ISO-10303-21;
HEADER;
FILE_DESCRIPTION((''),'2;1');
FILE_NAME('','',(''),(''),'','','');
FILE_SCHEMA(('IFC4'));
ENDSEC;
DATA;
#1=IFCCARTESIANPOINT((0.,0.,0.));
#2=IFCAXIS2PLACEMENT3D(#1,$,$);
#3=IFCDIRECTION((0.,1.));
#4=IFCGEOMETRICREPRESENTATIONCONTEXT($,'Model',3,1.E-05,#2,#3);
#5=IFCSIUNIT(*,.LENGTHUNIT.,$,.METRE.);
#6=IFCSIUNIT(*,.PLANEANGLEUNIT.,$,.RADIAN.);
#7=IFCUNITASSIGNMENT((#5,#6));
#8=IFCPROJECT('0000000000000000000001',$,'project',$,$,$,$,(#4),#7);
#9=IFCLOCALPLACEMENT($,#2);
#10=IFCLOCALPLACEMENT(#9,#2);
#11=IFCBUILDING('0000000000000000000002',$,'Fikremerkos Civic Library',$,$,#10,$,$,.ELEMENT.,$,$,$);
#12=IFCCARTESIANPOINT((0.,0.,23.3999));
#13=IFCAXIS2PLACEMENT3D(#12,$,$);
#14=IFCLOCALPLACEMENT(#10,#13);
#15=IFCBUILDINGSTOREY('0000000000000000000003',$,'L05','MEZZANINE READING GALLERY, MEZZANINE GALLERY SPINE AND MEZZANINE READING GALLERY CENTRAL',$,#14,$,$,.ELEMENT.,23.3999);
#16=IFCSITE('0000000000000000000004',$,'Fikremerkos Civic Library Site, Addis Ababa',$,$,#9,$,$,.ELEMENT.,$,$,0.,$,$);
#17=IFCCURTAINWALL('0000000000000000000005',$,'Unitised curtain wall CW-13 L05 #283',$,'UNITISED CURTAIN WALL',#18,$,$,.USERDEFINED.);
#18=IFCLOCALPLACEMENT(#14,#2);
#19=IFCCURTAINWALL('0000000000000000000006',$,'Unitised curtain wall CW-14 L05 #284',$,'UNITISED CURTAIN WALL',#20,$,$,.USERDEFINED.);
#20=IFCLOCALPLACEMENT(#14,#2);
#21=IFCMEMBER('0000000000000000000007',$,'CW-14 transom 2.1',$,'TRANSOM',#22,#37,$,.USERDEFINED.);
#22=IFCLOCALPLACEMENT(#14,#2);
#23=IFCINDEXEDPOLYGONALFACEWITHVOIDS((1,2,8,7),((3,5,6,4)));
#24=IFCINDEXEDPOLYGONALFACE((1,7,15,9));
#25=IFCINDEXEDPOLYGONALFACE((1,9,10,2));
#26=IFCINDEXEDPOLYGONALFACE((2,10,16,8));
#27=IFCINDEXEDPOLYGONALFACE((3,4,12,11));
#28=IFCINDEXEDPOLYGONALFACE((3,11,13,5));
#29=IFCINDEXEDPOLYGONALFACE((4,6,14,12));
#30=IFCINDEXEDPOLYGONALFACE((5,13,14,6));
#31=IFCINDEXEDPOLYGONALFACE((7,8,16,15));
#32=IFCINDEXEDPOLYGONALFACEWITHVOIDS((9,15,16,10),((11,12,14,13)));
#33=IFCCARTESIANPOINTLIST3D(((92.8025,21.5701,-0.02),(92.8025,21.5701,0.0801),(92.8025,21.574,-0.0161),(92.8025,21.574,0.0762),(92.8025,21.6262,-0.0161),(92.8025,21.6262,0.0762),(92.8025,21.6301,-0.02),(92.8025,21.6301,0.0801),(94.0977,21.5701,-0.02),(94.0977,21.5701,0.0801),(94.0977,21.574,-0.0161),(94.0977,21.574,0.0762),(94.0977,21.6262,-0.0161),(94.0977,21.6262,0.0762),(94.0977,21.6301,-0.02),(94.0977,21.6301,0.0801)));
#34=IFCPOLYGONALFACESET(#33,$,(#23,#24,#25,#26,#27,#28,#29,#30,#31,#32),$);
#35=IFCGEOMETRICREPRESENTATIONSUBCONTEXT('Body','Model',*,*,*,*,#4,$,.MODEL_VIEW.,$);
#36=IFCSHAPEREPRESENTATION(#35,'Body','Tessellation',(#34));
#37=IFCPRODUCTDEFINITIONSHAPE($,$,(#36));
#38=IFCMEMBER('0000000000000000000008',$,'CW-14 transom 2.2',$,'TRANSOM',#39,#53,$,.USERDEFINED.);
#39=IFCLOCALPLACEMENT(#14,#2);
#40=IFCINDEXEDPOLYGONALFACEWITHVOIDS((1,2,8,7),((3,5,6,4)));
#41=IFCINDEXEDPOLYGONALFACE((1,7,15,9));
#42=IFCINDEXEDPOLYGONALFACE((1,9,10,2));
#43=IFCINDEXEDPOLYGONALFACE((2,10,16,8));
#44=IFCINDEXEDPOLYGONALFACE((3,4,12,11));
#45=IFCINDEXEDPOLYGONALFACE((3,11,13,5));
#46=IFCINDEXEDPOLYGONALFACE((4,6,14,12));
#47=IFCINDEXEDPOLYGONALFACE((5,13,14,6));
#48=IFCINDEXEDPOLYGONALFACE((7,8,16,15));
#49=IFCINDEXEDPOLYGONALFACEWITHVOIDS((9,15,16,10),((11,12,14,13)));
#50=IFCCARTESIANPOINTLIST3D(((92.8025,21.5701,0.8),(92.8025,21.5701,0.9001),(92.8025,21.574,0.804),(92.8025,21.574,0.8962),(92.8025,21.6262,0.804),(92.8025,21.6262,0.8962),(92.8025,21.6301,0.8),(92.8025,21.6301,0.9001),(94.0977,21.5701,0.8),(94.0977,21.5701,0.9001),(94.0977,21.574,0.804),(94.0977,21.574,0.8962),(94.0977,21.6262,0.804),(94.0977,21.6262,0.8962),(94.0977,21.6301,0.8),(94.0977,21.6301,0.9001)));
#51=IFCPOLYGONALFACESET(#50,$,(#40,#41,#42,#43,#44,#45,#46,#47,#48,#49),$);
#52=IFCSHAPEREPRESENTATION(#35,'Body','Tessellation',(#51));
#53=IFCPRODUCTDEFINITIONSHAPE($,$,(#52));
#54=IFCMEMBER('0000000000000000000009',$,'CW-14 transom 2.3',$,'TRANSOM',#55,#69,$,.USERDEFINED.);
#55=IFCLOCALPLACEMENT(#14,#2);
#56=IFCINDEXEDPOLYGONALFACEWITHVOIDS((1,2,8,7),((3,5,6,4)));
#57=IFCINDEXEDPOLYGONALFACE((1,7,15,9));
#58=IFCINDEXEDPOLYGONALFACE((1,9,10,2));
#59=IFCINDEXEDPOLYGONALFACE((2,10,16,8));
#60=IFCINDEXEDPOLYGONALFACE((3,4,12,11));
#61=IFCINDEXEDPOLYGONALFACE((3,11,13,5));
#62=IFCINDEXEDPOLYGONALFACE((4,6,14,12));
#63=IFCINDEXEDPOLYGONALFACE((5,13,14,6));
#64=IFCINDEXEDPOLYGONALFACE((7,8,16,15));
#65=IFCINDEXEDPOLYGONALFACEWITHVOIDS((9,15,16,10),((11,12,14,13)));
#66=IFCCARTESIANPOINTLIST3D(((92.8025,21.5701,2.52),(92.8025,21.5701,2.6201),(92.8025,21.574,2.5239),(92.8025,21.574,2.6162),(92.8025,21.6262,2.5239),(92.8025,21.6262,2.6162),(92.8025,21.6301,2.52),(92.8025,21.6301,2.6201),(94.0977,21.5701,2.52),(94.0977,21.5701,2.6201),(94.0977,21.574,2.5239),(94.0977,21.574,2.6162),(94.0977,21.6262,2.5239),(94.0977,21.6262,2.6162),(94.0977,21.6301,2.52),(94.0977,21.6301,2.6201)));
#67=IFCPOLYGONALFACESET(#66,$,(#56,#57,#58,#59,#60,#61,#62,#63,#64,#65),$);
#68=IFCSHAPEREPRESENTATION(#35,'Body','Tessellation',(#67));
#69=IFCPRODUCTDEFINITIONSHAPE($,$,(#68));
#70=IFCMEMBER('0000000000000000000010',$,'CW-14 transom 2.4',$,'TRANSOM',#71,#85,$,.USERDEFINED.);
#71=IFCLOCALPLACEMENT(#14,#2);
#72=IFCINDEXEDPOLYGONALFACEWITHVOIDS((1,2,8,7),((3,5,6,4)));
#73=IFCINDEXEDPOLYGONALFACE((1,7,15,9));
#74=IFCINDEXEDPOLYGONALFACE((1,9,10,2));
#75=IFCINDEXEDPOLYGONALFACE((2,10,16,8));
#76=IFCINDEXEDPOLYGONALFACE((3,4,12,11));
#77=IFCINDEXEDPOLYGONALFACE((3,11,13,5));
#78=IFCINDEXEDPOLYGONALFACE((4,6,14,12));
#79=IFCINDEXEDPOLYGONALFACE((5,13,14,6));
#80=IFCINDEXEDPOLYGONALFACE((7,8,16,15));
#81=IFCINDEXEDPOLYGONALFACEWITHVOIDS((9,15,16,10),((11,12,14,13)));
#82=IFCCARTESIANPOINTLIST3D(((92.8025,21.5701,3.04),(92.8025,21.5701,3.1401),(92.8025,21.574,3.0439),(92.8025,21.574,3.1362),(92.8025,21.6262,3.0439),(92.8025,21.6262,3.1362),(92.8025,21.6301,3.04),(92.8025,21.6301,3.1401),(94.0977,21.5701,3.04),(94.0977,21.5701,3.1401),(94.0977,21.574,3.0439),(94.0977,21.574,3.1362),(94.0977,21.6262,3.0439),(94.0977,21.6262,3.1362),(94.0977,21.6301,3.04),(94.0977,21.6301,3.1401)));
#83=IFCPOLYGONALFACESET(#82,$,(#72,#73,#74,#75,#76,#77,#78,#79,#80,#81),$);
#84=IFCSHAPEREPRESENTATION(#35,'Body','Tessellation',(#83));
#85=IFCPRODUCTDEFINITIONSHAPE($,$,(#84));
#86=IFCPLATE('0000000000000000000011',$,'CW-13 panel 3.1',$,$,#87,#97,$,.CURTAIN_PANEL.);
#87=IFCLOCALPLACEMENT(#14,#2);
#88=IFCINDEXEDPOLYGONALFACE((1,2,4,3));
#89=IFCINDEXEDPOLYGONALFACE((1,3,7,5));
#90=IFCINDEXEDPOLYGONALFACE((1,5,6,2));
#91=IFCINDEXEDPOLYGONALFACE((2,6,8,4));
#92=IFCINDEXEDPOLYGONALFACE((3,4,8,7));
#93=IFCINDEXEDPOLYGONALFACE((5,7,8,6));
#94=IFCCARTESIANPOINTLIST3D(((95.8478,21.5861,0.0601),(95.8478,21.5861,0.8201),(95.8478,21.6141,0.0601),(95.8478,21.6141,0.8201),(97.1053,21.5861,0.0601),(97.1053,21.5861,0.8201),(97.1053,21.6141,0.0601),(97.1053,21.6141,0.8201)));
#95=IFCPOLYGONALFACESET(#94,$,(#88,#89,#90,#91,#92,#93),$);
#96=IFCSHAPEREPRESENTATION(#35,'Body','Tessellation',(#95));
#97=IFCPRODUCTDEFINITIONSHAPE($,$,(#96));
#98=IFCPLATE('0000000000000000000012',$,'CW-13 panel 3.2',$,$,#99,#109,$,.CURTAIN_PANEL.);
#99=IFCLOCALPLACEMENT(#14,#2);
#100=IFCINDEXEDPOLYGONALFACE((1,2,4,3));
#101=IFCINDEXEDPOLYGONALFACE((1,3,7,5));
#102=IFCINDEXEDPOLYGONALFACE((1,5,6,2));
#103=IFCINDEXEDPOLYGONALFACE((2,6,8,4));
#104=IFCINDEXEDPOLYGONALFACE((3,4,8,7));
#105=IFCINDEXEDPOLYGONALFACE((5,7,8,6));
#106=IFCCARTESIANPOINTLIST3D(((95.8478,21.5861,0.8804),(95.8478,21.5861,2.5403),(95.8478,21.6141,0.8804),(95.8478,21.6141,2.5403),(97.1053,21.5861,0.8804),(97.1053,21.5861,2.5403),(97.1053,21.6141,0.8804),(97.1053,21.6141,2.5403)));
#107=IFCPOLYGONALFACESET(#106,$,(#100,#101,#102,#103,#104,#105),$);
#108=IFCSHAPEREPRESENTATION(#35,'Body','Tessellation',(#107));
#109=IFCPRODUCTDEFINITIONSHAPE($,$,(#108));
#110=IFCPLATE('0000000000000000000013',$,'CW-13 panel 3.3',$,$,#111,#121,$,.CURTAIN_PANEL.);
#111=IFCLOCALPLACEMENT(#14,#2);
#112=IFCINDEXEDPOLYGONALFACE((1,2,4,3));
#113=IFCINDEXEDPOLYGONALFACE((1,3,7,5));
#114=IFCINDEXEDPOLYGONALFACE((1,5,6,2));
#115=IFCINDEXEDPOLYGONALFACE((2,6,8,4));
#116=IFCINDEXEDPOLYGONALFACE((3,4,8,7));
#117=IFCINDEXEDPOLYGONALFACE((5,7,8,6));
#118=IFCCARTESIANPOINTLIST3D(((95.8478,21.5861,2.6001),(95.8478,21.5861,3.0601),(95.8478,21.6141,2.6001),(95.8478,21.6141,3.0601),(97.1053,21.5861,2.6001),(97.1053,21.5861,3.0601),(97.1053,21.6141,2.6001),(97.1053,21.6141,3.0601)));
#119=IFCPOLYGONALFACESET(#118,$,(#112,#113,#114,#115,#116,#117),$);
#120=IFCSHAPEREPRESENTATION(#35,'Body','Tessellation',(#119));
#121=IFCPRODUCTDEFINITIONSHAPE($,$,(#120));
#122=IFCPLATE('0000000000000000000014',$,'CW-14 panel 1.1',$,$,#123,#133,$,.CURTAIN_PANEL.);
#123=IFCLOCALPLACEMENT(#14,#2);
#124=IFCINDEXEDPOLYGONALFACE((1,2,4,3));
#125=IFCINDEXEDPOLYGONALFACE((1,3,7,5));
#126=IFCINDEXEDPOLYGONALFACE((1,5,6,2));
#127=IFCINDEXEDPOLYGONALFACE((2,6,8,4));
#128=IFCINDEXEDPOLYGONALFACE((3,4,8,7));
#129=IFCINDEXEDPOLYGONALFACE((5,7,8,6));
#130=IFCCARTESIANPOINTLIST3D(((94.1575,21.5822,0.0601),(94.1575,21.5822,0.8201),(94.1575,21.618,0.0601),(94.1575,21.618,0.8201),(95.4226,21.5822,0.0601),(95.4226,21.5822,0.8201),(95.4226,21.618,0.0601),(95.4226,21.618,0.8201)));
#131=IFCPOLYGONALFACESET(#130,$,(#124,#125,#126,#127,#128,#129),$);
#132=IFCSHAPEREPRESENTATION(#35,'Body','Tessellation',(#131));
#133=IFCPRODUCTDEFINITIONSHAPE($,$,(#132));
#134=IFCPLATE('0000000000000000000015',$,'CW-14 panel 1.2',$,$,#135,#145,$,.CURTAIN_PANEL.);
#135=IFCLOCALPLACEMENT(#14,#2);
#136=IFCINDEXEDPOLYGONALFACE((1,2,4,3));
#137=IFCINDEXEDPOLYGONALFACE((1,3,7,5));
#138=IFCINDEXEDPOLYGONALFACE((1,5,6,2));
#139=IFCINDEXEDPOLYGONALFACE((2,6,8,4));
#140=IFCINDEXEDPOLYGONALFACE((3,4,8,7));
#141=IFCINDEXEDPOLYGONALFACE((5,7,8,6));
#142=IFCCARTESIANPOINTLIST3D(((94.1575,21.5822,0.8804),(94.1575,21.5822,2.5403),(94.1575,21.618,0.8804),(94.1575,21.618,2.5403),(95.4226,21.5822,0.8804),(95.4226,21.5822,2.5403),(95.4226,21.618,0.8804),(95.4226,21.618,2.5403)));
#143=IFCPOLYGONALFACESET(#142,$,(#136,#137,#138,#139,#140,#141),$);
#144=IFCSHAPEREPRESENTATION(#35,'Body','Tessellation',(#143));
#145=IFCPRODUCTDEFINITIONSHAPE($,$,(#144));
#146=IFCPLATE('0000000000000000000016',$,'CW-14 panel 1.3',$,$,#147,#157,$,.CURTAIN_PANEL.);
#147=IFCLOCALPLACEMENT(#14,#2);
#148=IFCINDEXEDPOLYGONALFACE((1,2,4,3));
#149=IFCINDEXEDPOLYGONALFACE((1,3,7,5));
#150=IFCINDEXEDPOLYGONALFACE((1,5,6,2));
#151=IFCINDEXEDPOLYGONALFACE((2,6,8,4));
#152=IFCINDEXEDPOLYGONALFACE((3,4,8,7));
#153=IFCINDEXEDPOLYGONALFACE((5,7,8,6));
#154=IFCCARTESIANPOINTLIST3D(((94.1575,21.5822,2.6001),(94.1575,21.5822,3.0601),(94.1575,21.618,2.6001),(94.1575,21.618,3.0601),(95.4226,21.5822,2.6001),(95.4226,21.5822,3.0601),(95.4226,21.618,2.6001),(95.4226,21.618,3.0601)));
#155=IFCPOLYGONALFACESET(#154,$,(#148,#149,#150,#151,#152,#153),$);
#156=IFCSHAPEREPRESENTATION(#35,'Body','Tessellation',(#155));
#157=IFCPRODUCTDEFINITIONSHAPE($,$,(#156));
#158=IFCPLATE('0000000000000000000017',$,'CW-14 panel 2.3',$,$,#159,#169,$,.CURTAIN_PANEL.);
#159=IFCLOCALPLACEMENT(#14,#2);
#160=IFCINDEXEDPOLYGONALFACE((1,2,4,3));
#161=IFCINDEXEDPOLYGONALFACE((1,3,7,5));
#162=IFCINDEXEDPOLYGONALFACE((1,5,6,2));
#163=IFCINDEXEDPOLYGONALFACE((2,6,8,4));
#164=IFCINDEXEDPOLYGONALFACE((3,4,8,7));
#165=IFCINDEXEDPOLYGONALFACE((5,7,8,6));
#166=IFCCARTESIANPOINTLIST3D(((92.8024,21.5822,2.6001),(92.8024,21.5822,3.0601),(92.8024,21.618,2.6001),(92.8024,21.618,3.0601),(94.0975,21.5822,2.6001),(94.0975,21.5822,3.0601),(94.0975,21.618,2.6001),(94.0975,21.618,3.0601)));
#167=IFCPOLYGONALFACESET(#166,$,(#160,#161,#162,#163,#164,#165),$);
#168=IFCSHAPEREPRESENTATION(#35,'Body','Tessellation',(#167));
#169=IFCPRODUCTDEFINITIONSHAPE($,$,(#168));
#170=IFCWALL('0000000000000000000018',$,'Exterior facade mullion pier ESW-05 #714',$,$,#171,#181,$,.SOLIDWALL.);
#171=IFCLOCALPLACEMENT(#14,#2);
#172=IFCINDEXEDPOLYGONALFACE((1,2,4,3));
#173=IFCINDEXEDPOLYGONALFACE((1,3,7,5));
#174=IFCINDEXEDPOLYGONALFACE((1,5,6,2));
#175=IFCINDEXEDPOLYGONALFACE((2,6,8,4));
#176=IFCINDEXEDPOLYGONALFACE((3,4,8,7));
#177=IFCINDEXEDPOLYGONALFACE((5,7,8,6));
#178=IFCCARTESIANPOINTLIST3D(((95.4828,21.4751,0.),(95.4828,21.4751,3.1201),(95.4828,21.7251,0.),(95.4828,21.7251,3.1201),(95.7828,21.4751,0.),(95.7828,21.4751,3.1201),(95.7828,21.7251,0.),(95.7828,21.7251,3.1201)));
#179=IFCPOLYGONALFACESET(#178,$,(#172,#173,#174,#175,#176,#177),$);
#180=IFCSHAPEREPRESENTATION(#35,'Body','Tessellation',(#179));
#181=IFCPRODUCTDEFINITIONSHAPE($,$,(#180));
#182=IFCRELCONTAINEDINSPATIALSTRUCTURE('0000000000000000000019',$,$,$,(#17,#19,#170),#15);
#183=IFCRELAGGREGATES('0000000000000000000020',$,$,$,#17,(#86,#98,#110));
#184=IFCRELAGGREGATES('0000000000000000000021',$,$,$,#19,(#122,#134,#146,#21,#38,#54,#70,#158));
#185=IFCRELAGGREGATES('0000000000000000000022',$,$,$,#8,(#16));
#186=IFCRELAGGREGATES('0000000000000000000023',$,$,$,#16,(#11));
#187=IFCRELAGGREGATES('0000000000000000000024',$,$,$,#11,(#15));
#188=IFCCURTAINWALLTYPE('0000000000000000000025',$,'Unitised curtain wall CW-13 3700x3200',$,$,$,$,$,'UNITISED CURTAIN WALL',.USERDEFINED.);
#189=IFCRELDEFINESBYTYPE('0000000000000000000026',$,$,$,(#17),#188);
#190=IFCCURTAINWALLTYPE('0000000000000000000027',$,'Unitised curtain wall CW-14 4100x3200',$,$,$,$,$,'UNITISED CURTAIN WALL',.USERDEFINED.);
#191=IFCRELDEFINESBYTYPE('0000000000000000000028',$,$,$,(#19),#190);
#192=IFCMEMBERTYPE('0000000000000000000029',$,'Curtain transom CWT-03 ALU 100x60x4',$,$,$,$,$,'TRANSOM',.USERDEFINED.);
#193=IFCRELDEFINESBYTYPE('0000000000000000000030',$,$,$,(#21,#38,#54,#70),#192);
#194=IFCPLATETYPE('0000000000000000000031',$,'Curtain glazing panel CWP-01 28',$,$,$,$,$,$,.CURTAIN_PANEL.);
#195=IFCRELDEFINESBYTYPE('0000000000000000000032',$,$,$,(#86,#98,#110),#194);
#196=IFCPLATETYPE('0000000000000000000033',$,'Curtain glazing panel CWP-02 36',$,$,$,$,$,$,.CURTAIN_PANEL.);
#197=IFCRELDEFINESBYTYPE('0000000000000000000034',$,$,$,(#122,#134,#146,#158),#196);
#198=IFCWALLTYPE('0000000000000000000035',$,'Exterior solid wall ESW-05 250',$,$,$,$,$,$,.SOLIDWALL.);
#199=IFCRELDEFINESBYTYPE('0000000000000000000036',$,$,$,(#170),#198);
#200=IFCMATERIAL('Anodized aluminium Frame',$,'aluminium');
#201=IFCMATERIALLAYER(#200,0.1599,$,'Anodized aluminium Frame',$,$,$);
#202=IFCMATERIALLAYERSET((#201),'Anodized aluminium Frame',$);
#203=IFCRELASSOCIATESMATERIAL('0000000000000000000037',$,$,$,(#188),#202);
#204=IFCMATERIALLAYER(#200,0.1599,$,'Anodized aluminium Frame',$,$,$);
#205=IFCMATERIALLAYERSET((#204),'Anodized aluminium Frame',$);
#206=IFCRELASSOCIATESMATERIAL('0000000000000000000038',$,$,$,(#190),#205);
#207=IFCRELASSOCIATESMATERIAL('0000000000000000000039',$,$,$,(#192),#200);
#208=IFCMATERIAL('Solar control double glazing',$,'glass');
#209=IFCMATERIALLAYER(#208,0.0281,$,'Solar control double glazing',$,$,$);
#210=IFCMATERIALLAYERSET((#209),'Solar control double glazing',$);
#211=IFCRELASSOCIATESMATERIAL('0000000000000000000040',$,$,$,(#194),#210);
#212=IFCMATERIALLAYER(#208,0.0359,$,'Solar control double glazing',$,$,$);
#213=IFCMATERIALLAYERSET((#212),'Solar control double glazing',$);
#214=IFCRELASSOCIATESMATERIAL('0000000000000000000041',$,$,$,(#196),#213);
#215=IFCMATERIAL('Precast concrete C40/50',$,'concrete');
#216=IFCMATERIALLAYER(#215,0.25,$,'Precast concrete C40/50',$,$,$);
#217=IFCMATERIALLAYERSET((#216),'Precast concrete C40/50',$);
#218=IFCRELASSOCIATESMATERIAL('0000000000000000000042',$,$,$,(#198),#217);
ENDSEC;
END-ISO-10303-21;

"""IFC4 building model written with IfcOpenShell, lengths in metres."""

from ifc_helpers import new_model, si_unit, direction, frame, frame_2d, origin, origin_2d, place, context, subcontext, project, spatial, rectangle, hollow_rectangle, extrude, material, layer, layer_set, material_profile, profile_set, type_object, element, aggregate, save


model = new_model("IFC4")

# Units and contexts
model_context = context("Model", 3, precision=1e-05, world=origin(), true_north=direction((0.0, 1.0)))
body_context = subcontext(model_context, "Body", "Model", "MODEL_VIEW")
ifc_project = project(units=[si_unit("LENGTHUNIT", "METRE"), si_unit("PLANEANGLEUNIT", "RADIAN")], contexts=[model_context])

# Site, building, storey
site_placement = place(None, origin())
site = spatial("IfcSite", under=ifc_project, at=site_placement, Name="Fikremerkos Civic Library Site, Addis Ababa", CompositionType="ELEMENT", RefElevation=0.0)
building_placement = place(site_placement, origin())
building = spatial("IfcBuilding", under=site, at=building_placement, Name="Fikremerkos Civic Library", CompositionType="ELEMENT")
storey_placement = place(building_placement, frame((0.0, 0.0, 23.3999)))
storey = spatial("IfcBuildingStorey", under=building, at=storey_placement, Name="L05", Description="MEZZANINE READING GALLERY, MEZZANINE GALLERY SPINE AND MEZZANINE READING GALLERY CENTRAL", CompositionType="ELEMENT", Elevation=23.3999)

# Curtain wall
ifc_material_1 = material(Name="Anodized aluminium Frame", Category="aluminium")
ifc_layer_1 = layer(ifc_material_1, 0.1599, Name="Anodized aluminium Frame")
ifc_layer_set_1 = layer_set([ifc_layer_1], Name="Anodized aluminium Frame")
curtain_wall_type_1 = type_object("IfcCurtainWallType", Name="Unitised curtain wall CW-13 3700x3200", ElementType="UNITISED CURTAIN WALL", PredefinedType="USERDEFINED", material=ifc_layer_set_1)
curtain_wall_1_placement = place(storey_placement, origin())
curtain_wall_1 = element("IfcCurtainWall", 1, at=curtain_wall_1_placement, inside=storey, type_object=curtain_wall_type_1, Name="Unitised curtain wall CW-13 L05 #283", ObjectType="UNITISED CURTAIN WALL", PredefinedType="USERDEFINED")

# Curtain wall
ifc_layer_2 = layer(ifc_material_1, 0.1599, Name="Anodized aluminium Frame")
ifc_layer_set_2 = layer_set([ifc_layer_2], Name="Anodized aluminium Frame")
curtain_wall_type_2 = type_object("IfcCurtainWallType", Name="Unitised curtain wall CW-14 4100x3200", ElementType="UNITISED CURTAIN WALL", PredefinedType="USERDEFINED", material=ifc_layer_set_2)
curtain_wall_2_placement = place(storey_placement, origin())
curtain_wall_2 = element("IfcCurtainWall", 2, at=curtain_wall_2_placement, inside=storey, type_object=curtain_wall_type_2, Name="Unitised curtain wall CW-14 L05 #284", ObjectType="UNITISED CURTAIN WALL", PredefinedType="USERDEFINED")

# Members
ifc_material_profile_1 = material_profile(ifc_material_1, hollow_rectangle(XDim=0.0601, YDim=0.1001, WallThickness=0.0039, at=origin_2d()), Name="ALU 100x60x4")
ifc_profile_set_1 = profile_set([ifc_material_profile_1], Name="Anodized aluminium Frame")
member_type_1 = type_object("IfcMemberType", Name="Curtain transom CWT-03 ALU 100x60x4", ElementType="TRANSOM", PredefinedType="USERDEFINED", material=ifc_profile_set_1)
member_1_placement = place(storey_placement, frame((94.0977, 21.6001, 0.03), z_axis=(-1.0, 0.0, 0.0), x_axis=(0.0, -1.0, 0.0)))
member_1 = element("IfcMember", 3, at=member_1_placement, type_object=member_type_1, Name="CW-14 transom 2.1", ObjectType="TRANSOM", PredefinedType="USERDEFINED", context=body_context, shape_type="SweptSolid", body=[
    extrude(hollow_rectangle(XDim=0.0601, YDim=0.1001, WallThickness=0.0039, at=origin_2d()), origin(), (0.0, 0.0, 1.0), 1.2952),
])
member_2_placement = place(storey_placement, frame((94.0977, 21.6001, 0.8501), z_axis=(-1.0, 0.0, 0.0), x_axis=(0.0, -1.0, 0.0)))
member_2 = element("IfcMember", 4, at=member_2_placement, type_object=member_type_1, Name="CW-14 transom 2.2", ObjectType="TRANSOM", PredefinedType="USERDEFINED", context=body_context, shape_type="SweptSolid", body=[
    extrude(hollow_rectangle(XDim=0.0601, YDim=0.1001, WallThickness=0.0039, at=origin_2d()), origin(), (0.0, 0.0, 1.0), 1.2952),
])
member_3_placement = place(storey_placement, frame((94.0977, 21.6001, 2.5701), z_axis=(-1.0, 0.0, 0.0), x_axis=(0.0, -1.0, 0.0)))
member_3 = element("IfcMember", 5, at=member_3_placement, type_object=member_type_1, Name="CW-14 transom 2.3", ObjectType="TRANSOM", PredefinedType="USERDEFINED", context=body_context, shape_type="SweptSolid", body=[
    extrude(hollow_rectangle(XDim=0.0601, YDim=0.1001, WallThickness=0.0039, at=origin_2d()), origin(), (0.0, 0.0, 1.0), 1.2952),
])
member_4_placement = place(storey_placement, frame((94.0977, 21.6001, 3.0901), z_axis=(-1.0, 0.0, 0.0), x_axis=(0.0, -1.0, 0.0)))
member_4 = element("IfcMember", 6, at=member_4_placement, type_object=member_type_1, Name="CW-14 transom 2.4", ObjectType="TRANSOM", PredefinedType="USERDEFINED", context=body_context, shape_type="SweptSolid", body=[
    extrude(hollow_rectangle(XDim=0.0601, YDim=0.1001, WallThickness=0.0039, at=origin_2d()), origin(), (0.0, 0.0, 1.0), 1.2952),
])

# Plates
ifc_material_2 = material(Name="Solar control double glazing", Category="glass")
ifc_layer_3 = layer(ifc_material_2, 0.0281, Name="Solar control double glazing")
ifc_layer_set_3 = layer_set([ifc_layer_3], Name="Solar control double glazing")
plate_type_1 = type_object("IfcPlateType", Name="Curtain glazing panel CWP-01 28", PredefinedType="CURTAIN_PANEL", material=ifc_layer_set_3)
plate_1_placement = place(storey_placement, frame((96.4766, 21.6001, 0.0601), z_axis=(0.0, 0.0, 1.0), x_axis=(-1.0, 0.0, 0.0)))
plate_1 = element("IfcPlate", 7, at=plate_1_placement, type_object=plate_type_1, Name="CW-13 panel 3.1", PredefinedType="CURTAIN_PANEL", context=body_context, shape_type="SweptSolid", body=[
    extrude(rectangle(XDim=1.2576, YDim=0.0281, at=origin_2d()), origin(), (0.0, 0.0, 1.0), 0.76),
])
plate_2_placement = place(storey_placement, frame((96.4766, 21.6001, 0.8804), z_axis=(0.0, 0.0, 1.0), x_axis=(-1.0, 0.0, 0.0)))
plate_2 = element("IfcPlate", 8, at=plate_2_placement, type_object=plate_type_1, Name="CW-13 panel 3.2", PredefinedType="CURTAIN_PANEL", context=body_context, shape_type="SweptSolid", body=[
    extrude(rectangle(XDim=1.2576, YDim=0.0281, at=origin_2d()), origin(), (0.0, 0.0, 1.0), 1.6599),
])
plate_3_placement = place(storey_placement, frame((96.4766, 21.6001, 2.6001), z_axis=(0.0, 0.0, 1.0), x_axis=(-1.0, 0.0, 0.0)))
plate_3 = element("IfcPlate", 9, at=plate_3_placement, type_object=plate_type_1, Name="CW-13 panel 3.3", PredefinedType="CURTAIN_PANEL", context=body_context, shape_type="SweptSolid", body=[
    extrude(rectangle(XDim=1.2576, YDim=0.0281, at=origin_2d()), origin(), (0.0, 0.0, 1.0), 0.46),
])
aggregate(curtain_wall_1, [plate_1, plate_2, plate_3])
ifc_layer_4 = layer(ifc_material_2, 0.0359, Name="Solar control double glazing")
ifc_layer_set_4 = layer_set([ifc_layer_4], Name="Solar control double glazing")
plate_type_2 = type_object("IfcPlateType", Name="Curtain glazing panel CWP-02 36", PredefinedType="CURTAIN_PANEL", material=ifc_layer_set_4)
plate_4_placement = place(storey_placement, frame((94.79, 21.6001, 0.0601), z_axis=(0.0, 0.0, 1.0), x_axis=(-1.0, 0.0, 0.0)))
plate_4 = element("IfcPlate", 10, at=plate_4_placement, type_object=plate_type_2, Name="CW-14 panel 1.1", PredefinedType="CURTAIN_PANEL", context=body_context, shape_type="SweptSolid", body=[
    extrude(rectangle(XDim=1.2651, YDim=0.0359, at=origin_2d()), origin(), (0.0, 0.0, 1.0), 0.76),
])
plate_5_placement = place(storey_placement, frame((94.79, 21.6001, 0.8804), z_axis=(0.0, 0.0, 1.0), x_axis=(-1.0, 0.0, 0.0)))
plate_5 = element("IfcPlate", 11, at=plate_5_placement, type_object=plate_type_2, Name="CW-14 panel 1.2", PredefinedType="CURTAIN_PANEL", context=body_context, shape_type="SweptSolid", body=[
    extrude(rectangle(XDim=1.2651, YDim=0.0359, at=origin_2d()), origin(), (0.0, 0.0, 1.0), 1.6599),
])
plate_6_placement = place(storey_placement, frame((94.79, 21.6001, 2.6001), z_axis=(0.0, 0.0, 1.0), x_axis=(-1.0, 0.0, 0.0)))
plate_6 = element("IfcPlate", 12, at=plate_6_placement, type_object=plate_type_2, Name="CW-14 panel 1.3", PredefinedType="CURTAIN_PANEL", context=body_context, shape_type="SweptSolid", body=[
    extrude(rectangle(XDim=1.2651, YDim=0.0359, at=origin_2d()), origin(), (0.0, 0.0, 1.0), 0.46),
])
plate_7_placement = place(storey_placement, frame((93.45, 21.6001, 2.6001), z_axis=(0.0, 0.0, 1.0), x_axis=(-1.0, 0.0, 0.0)))
plate_7 = element("IfcPlate", 13, at=plate_7_placement, type_object=plate_type_2, Name="CW-14 panel 2.3", PredefinedType="CURTAIN_PANEL", context=body_context, shape_type="SweptSolid", body=[
    extrude(rectangle(XDim=1.2952, YDim=0.0359, at=origin_2d()), origin(), (0.0, 0.0, 1.0), 0.46),
])
aggregate(curtain_wall_2, [plate_4, plate_5, plate_6, member_1, member_2, member_3, member_4, plate_7])

# Wall
ifc_material_3 = material(Name="Precast concrete C40/50", Category="concrete")
ifc_layer_5 = layer(ifc_material_3, 0.25, Name="Precast concrete C40/50")
ifc_layer_set_5 = layer_set([ifc_layer_5], Name="Precast concrete C40/50")
wall_type = type_object("IfcWallType", Name="Exterior solid wall ESW-05 250", PredefinedType="SOLIDWALL", material=ifc_layer_set_5)
wall_placement = place(storey_placement, frame((95.7827, 21.6001, 0.0), z_axis=(0.0, 0.0, 1.0), x_axis=(-1.0, 0.0, 0.0)))
element("IfcWall", 14, at=wall_placement, inside=storey, type_object=wall_type, Name="Exterior facade mullion pier ESW-05 #714", PredefinedType="SOLIDWALL", context=body_context, shape_type="SweptSolid", body=[
    extrude(rectangle(XDim=0.3, YDim=0.25, at=frame_2d((0.1499, 0.0))), origin(), (0.0, 0.0, 1.0), 3.1201),
])

save(model, "model.ifc")
